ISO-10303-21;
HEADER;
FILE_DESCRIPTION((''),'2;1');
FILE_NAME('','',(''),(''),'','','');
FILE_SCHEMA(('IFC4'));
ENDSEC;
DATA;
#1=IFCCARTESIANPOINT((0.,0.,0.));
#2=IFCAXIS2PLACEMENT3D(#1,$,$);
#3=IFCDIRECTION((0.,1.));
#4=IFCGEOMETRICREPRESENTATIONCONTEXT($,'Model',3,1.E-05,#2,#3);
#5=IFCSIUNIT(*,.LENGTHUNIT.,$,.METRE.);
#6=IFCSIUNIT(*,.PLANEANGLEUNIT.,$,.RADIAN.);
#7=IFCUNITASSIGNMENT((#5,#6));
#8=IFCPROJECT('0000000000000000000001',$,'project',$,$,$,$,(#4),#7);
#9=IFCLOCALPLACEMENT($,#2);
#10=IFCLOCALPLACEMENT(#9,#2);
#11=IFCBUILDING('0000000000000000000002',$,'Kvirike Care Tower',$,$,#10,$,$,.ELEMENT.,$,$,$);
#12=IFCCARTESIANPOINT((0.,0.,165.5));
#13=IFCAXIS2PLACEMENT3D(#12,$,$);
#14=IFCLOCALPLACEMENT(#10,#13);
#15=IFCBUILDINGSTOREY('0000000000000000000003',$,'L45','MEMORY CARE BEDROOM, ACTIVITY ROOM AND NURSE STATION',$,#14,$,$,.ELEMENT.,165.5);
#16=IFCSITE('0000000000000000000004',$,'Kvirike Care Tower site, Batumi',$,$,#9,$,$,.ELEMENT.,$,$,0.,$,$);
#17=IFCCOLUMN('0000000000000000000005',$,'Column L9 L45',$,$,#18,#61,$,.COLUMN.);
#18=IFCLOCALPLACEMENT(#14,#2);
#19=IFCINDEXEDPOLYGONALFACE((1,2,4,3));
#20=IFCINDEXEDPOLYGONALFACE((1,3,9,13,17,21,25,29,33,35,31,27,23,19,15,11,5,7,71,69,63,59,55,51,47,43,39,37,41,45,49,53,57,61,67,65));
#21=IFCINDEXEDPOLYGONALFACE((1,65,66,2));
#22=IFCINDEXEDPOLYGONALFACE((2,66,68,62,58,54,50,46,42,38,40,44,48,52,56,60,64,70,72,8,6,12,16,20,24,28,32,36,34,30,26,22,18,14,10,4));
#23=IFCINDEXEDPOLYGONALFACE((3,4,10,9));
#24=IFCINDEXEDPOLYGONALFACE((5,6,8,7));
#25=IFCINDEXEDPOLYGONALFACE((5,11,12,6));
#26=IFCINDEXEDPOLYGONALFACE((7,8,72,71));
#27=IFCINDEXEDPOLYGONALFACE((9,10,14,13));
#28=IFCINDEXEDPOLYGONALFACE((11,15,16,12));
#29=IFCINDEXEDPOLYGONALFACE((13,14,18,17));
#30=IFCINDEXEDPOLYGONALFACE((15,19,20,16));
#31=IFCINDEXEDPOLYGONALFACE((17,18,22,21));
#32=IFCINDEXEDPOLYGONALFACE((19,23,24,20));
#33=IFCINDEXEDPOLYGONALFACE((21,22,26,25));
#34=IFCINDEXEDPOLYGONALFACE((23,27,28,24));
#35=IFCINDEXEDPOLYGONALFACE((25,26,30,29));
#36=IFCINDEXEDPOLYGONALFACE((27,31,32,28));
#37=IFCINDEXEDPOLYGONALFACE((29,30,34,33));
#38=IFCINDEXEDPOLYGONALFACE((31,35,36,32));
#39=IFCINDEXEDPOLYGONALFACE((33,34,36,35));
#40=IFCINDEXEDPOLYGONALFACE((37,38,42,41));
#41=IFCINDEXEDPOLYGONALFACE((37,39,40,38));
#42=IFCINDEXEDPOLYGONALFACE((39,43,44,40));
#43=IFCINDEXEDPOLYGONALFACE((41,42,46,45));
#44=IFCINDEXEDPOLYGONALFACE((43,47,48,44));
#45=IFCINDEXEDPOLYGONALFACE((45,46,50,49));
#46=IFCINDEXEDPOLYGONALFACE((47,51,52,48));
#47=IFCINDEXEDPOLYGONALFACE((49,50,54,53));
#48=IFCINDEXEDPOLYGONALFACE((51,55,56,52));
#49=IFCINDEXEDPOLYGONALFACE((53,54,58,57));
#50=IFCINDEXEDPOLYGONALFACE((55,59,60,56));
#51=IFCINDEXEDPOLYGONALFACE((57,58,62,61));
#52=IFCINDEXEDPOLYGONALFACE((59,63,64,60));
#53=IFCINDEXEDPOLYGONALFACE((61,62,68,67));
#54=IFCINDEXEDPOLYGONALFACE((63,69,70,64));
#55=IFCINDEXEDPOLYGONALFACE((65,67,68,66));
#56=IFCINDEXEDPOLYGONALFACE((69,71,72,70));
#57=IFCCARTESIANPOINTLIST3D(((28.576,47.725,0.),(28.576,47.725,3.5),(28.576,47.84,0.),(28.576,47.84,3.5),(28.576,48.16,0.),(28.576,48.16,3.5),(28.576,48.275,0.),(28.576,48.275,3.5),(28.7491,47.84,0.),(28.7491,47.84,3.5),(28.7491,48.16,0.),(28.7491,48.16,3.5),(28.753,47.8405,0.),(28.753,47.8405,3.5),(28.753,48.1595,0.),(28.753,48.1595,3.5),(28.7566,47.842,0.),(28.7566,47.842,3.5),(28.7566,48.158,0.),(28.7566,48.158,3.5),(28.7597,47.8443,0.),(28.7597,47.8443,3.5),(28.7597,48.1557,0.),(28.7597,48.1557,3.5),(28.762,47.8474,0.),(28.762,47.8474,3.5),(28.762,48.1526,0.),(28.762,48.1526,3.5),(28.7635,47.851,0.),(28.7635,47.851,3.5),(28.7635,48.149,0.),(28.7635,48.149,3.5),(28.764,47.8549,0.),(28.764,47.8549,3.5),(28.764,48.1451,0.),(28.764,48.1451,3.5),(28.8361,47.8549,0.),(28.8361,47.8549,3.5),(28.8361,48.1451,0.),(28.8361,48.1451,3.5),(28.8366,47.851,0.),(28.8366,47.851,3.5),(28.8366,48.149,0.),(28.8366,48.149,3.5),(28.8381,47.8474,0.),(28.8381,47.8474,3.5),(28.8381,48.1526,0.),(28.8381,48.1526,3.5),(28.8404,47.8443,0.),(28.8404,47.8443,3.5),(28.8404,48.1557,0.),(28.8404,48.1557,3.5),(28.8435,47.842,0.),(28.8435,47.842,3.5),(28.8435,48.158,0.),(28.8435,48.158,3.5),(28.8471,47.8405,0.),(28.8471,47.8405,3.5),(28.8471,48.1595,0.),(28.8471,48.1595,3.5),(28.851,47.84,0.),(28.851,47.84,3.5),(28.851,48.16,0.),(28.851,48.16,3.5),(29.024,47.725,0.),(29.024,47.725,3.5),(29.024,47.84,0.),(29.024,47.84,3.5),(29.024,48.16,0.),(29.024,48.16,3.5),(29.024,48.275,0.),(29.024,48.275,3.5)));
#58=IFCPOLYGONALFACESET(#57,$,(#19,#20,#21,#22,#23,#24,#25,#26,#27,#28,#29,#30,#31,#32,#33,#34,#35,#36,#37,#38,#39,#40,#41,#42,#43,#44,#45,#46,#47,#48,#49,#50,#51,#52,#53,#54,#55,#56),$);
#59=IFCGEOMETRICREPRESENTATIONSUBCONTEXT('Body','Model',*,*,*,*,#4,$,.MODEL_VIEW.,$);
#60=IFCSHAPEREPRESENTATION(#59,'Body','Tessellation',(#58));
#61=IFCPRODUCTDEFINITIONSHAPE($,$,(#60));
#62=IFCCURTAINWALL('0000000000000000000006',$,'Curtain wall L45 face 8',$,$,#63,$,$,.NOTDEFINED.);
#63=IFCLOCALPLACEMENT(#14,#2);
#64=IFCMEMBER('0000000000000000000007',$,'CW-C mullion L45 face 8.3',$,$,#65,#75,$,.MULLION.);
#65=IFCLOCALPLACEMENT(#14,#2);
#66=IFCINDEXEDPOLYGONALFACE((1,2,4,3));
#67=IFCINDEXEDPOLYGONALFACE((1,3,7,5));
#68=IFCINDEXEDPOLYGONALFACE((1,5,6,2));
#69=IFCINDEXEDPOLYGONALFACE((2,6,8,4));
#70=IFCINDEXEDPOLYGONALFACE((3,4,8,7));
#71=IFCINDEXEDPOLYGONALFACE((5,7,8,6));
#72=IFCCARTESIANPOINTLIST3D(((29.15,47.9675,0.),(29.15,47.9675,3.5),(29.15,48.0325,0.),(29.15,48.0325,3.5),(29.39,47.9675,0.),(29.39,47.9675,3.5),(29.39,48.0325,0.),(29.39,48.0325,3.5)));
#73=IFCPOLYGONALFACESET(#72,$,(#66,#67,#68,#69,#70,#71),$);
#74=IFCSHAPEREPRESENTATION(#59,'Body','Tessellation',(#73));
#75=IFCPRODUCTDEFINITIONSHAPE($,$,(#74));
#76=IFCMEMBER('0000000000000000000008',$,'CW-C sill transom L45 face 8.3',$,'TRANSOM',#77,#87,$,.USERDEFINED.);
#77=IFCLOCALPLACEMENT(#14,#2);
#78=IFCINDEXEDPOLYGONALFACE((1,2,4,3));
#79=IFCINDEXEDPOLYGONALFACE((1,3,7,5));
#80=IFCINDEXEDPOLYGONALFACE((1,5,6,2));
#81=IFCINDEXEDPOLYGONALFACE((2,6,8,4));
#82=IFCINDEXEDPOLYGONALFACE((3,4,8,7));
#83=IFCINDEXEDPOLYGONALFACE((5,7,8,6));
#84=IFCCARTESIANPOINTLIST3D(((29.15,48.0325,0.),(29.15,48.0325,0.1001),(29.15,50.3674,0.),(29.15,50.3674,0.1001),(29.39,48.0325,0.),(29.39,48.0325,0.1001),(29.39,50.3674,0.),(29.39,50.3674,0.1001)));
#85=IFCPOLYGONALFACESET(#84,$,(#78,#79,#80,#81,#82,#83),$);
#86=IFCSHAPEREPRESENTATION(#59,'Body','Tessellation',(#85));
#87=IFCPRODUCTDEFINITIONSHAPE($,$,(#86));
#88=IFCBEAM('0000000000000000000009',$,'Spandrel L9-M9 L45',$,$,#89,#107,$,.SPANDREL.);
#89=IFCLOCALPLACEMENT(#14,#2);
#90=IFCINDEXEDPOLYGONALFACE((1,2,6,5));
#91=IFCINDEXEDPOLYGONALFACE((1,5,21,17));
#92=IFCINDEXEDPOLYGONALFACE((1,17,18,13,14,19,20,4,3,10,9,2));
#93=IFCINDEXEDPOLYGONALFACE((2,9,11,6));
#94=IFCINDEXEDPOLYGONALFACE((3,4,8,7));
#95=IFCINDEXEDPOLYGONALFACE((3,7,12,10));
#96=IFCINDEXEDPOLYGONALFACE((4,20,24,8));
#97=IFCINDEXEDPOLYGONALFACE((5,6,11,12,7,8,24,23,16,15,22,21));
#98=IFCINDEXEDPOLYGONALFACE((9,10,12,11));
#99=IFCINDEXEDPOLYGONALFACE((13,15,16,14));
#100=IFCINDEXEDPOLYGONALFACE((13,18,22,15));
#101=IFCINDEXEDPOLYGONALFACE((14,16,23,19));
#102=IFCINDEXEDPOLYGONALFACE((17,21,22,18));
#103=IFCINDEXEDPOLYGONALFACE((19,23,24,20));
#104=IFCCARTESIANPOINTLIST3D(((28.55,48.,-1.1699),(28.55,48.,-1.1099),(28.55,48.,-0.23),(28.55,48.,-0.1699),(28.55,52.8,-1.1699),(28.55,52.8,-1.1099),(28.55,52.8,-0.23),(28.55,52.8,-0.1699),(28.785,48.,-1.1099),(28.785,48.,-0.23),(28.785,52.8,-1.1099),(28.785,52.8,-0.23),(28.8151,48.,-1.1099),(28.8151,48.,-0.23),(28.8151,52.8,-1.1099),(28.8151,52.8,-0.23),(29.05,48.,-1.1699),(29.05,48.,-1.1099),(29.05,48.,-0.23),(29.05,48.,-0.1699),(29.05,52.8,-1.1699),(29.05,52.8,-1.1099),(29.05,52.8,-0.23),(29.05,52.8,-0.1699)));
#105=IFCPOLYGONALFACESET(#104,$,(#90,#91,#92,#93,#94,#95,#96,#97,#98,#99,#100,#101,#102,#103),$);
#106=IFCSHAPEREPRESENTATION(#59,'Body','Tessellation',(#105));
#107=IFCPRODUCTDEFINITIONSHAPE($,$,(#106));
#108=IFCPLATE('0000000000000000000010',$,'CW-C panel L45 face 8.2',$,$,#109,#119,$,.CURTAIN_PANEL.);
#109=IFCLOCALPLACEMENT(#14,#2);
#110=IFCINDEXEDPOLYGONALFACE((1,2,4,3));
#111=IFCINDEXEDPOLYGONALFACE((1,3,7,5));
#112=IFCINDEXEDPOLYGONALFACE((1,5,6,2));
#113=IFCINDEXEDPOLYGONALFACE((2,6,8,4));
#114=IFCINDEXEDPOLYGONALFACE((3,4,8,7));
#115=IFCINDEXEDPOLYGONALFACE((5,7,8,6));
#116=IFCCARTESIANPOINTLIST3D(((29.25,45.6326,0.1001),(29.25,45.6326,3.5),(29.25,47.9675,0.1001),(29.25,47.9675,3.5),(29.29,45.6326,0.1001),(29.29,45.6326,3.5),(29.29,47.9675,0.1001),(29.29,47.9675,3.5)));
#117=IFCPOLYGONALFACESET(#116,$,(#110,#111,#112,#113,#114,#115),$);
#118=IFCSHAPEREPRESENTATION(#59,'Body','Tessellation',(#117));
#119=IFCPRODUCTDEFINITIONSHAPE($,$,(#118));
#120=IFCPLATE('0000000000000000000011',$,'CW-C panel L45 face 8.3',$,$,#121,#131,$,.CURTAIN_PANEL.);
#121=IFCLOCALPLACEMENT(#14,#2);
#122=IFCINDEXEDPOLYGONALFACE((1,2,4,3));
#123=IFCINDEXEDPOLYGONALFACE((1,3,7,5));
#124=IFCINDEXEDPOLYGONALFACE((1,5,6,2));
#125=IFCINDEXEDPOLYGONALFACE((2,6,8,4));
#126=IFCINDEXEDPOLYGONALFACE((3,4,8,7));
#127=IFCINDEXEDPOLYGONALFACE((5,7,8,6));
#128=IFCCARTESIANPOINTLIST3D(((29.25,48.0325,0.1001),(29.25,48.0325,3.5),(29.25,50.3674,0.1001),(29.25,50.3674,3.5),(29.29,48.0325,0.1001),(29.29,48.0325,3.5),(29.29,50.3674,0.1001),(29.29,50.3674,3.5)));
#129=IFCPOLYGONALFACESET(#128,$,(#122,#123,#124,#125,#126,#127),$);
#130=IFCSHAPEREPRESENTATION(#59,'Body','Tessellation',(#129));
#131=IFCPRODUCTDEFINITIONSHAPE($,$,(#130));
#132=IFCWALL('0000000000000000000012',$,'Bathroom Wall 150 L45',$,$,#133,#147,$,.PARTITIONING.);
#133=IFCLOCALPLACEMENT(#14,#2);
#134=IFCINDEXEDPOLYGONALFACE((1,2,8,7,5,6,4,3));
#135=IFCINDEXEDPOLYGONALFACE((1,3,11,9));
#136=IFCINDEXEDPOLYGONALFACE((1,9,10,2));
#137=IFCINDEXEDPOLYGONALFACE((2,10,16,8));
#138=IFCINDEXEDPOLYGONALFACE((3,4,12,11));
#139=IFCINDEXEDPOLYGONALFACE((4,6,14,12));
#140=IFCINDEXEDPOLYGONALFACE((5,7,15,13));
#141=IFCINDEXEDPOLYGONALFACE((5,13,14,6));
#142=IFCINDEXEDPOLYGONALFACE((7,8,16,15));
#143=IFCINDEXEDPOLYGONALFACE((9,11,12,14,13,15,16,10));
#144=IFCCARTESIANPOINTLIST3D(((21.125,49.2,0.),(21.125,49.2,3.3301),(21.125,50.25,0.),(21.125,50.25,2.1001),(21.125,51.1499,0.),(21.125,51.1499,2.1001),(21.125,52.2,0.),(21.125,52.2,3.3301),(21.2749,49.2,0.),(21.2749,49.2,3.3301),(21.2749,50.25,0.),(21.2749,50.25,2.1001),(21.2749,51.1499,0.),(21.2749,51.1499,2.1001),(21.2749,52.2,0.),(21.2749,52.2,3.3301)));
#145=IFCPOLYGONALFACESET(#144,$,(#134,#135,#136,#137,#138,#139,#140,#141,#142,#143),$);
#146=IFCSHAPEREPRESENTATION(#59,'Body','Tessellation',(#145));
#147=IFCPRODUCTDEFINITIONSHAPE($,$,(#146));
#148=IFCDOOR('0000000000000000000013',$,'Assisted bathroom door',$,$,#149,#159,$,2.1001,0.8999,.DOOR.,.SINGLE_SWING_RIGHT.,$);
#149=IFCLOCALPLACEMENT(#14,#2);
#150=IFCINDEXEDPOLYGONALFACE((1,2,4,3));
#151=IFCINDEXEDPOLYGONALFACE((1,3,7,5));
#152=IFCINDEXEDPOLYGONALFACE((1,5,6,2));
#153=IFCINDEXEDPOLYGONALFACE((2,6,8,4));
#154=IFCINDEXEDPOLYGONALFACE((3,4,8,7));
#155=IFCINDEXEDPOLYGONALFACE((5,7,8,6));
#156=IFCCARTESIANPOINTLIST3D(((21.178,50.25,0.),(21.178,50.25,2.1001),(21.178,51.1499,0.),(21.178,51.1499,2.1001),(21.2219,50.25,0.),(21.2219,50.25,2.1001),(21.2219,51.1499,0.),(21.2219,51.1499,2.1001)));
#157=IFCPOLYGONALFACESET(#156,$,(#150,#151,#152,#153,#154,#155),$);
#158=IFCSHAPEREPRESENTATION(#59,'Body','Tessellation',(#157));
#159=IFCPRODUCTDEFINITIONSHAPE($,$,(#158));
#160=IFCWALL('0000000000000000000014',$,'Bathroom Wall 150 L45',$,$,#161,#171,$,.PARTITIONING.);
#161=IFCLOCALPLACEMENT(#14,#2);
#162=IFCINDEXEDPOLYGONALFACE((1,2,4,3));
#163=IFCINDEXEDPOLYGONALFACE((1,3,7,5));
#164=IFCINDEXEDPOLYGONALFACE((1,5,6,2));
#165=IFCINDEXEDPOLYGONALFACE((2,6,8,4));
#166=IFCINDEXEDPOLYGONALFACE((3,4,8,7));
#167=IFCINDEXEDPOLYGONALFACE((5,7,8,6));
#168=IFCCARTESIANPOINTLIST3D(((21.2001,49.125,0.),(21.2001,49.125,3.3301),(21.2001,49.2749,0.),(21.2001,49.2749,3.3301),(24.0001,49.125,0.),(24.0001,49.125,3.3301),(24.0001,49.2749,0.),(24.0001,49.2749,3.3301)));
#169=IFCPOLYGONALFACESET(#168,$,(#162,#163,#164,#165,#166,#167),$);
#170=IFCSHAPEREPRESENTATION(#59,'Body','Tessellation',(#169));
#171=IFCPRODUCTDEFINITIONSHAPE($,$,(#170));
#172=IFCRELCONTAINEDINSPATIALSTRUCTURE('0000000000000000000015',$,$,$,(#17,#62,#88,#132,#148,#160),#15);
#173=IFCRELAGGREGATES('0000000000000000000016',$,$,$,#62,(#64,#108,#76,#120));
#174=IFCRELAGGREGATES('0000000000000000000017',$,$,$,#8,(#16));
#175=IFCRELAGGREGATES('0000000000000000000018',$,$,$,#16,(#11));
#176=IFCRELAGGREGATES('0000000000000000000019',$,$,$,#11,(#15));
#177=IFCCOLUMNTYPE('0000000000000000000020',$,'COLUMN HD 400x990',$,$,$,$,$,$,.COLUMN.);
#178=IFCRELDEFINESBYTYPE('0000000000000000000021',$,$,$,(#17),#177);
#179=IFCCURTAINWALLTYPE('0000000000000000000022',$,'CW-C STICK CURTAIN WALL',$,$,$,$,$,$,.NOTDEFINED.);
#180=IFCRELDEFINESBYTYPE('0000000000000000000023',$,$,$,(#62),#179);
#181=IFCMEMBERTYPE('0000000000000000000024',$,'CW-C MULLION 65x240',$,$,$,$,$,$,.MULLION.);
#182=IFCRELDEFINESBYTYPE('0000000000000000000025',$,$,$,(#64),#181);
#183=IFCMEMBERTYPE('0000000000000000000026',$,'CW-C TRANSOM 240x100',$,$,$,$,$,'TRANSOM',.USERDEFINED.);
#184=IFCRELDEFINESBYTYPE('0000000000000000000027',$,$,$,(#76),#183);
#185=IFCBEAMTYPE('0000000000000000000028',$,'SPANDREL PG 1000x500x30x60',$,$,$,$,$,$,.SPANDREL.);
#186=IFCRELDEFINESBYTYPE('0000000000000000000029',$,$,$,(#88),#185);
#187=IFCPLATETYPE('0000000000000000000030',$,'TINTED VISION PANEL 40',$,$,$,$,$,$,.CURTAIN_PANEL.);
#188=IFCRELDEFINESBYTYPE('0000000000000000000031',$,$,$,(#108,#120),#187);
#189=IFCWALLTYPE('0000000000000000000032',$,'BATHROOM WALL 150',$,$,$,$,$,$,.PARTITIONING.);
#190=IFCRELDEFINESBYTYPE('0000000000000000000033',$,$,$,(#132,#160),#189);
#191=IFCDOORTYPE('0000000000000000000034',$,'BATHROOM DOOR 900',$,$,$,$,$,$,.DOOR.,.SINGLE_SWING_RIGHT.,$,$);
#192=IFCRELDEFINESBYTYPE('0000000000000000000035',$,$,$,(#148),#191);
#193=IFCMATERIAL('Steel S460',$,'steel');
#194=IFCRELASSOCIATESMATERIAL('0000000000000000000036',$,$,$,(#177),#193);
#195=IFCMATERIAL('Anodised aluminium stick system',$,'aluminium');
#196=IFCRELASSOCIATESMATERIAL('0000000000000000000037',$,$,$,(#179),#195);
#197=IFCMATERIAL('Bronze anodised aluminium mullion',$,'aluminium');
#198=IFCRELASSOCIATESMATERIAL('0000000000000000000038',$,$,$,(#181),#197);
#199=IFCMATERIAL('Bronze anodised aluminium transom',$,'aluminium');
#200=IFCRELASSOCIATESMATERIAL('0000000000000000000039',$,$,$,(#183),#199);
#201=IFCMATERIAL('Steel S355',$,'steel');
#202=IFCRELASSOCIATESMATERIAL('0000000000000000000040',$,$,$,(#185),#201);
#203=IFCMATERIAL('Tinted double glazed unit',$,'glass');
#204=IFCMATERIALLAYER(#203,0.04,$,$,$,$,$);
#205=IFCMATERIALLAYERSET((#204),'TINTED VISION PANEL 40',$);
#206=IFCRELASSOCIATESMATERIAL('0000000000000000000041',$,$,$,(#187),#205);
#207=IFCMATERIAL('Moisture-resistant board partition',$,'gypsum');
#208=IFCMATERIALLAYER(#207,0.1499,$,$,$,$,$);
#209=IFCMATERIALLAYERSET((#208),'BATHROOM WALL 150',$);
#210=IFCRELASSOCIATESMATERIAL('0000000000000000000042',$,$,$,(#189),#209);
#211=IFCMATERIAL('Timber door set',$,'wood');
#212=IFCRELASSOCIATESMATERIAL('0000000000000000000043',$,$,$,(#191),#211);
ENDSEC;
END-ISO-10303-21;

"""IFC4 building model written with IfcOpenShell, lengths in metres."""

from ifc_helpers import new_model, si_unit, direction, frame, frame_2d, origin, origin_2d, place, context, subcontext, project, spatial, rectangle, i_section, extrude, material, layer, layer_set, material_profile, profile_set, type_object, element, fill, aggregate, save


model = new_model("IFC4")

# Units and contexts
model_context = context("Model", 3, precision=1e-05, world=origin(), true_north=direction((0.0, 1.0)))
body_context = subcontext(model_context, "Body", "Model", "MODEL_VIEW")
ifc_project = project(units=[si_unit("LENGTHUNIT", "METRE"), si_unit("PLANEANGLEUNIT", "RADIAN")], contexts=[model_context])

# Site, building, storey
site_placement = place(None, origin())
site = spatial("IfcSite", under=ifc_project, at=site_placement, Name="Kvirike Care Tower site, Batumi", CompositionType="ELEMENT", RefElevation=0.0)
building_placement = place(site_placement, origin())
building = spatial("IfcBuilding", under=site, at=building_placement, Name="Kvirike Care Tower", CompositionType="ELEMENT")
storey_placement = place(building_placement, frame((0.0, 0.0, 165.5)))
storey = spatial("IfcBuildingStorey", under=building, at=storey_placement, Name="L45", Description="MEMORY CARE BEDROOM, ACTIVITY ROOM AND NURSE STATION", CompositionType="ELEMENT", Elevation=165.5)

# Column
ifc_material_1 = material(Name="Steel S460", Category="steel")
ifc_material_profile_1 = material_profile(ifc_material_1, i_section(OverallWidth=0.448, OverallDepth=0.55, WebThickness=0.072, FlangeThickness=0.115, FilletRadius=0.0149, at=origin_2d()), Name="HD 400x990")
ifc_profile_set_1 = profile_set([ifc_material_profile_1], Name="Steel S460")
column_type = type_object("IfcColumnType", Name="COLUMN HD 400x990", PredefinedType="COLUMN", material=ifc_profile_set_1)
column_placement = place(storey_placement, frame((28.8, 48.0, 0.0), z_axis=(0.0, 0.0, 1.0), x_axis=(1.0, 0.0, 0.0)))
element("IfcColumn", 1, at=column_placement, inside=storey, type_object=column_type, Name="Column L9 L45", PredefinedType="COLUMN", context=body_context, shape_type="SweptSolid", body=[
    extrude(i_section(OverallWidth=0.448, OverallDepth=0.55, WebThickness=0.072, FlangeThickness=0.115, FilletRadius=0.0149, at=origin_2d()), origin(), (0.0, 0.0, 1.0), 3.5),
])

# Curtain wall, members
ifc_material_2 = material(Name="Anodised aluminium stick system", Category="aluminium")
curtain_wall_type = type_object("IfcCurtainWallType", Name="CW-C STICK CURTAIN WALL", PredefinedType="NOTDEFINED", material=ifc_material_2)
curtain_wall_placement = place(storey_placement, origin())
curtain_wall = element("IfcCurtainWall", 2, at=curtain_wall_placement, inside=storey, type_object=curtain_wall_type, Name="Curtain wall L45 face 8", PredefinedType="NOTDEFINED")
ifc_material_3 = material(Name="Bronze anodised aluminium mullion", Category="aluminium")
ifc_material_profile_2 = material_profile(ifc_material_3, rectangle(XDim=0.0649, YDim=0.24, at=origin_2d()), Name="CW-C MULLION 65x240")
ifc_profile_set_2 = profile_set([ifc_material_profile_2], Name="Bronze anodised aluminium mullion")
member_type_1 = type_object("IfcMemberType", Name="CW-C MULLION 65x240", PredefinedType="MULLION", material=ifc_profile_set_2)
member_1_placement = place(storey_placement, frame((29.27, 48.0, 0.0), z_axis=(0.0, 0.0, 1.0), x_axis=(0.0, 1.0, 0.0)))
member_1 = element("IfcMember", 3, at=member_1_placement, type_object=member_type_1, Name="CW-C mullion L45 face 8.3", PredefinedType="MULLION", context=body_context, shape_type="SweptSolid", body=[
    extrude(rectangle(XDim=0.0649, YDim=0.24, at=origin_2d()), origin(), (0.0, 0.0, 1.0), 3.5),
])
ifc_material_4 = material(Name="Bronze anodised aluminium transom", Category="aluminium")
ifc_material_profile_3 = material_profile(ifc_material_4, rectangle(XDim=0.24, YDim=0.1001, at=origin_2d()), Name="CW-C TRANSOM 240x100")
ifc_profile_set_3 = profile_set([ifc_material_profile_3], Name="Bronze anodised aluminium transom")
member_type_2 = type_object("IfcMemberType", Name="CW-C TRANSOM 240x100", ElementType="TRANSOM", PredefinedType="USERDEFINED", material=ifc_profile_set_3)
member_2_placement = place(storey_placement, frame((29.27, 48.0325, 0.05), z_axis=(0.0, 1.0, 0.0), x_axis=(-1.0, 0.0, 0.0)))
member_2 = element("IfcMember", 4, at=member_2_placement, type_object=member_type_2, Name="CW-C sill transom L45 face 8.3", ObjectType="TRANSOM", PredefinedType="USERDEFINED", context=body_context, shape_type="SweptSolid", body=[
    extrude(rectangle(XDim=0.24, YDim=0.1001, at=origin_2d()), origin(), (0.0, 0.0, 1.0), 2.335),
])

# Beam
ifc_material_5 = material(Name="Steel S355", Category="steel")
ifc_material_profile_4 = material_profile(ifc_material_5, i_section(OverallWidth=0.5, OverallDepth=1.0, WebThickness=0.03, FlangeThickness=0.0601, at=origin_2d()), Name="PG 1000x500x30x60")
ifc_profile_set_4 = profile_set([ifc_material_profile_4], Name="Steel S355")
beam_type = type_object("IfcBeamType", Name="SPANDREL PG 1000x500x30x60", PredefinedType="SPANDREL", material=ifc_profile_set_4)
beam_placement = place(storey_placement, frame((28.8, 48.0, -0.6699), z_axis=(0.0, 1.0, 0.0), x_axis=(-1.0, 0.0, 0.0)))
element("IfcBeam", 5, at=beam_placement, inside=storey, type_object=beam_type, Name="Spandrel L9-M9 L45", PredefinedType="SPANDREL", context=body_context, shape_type="SweptSolid", body=[
    extrude(i_section(OverallWidth=0.5, OverallDepth=1.0, WebThickness=0.03, FlangeThickness=0.0601, at=origin_2d()), origin(), (0.0, 0.0, 1.0), 4.8),
])

# Plates
ifc_material_6 = material(Name="Tinted double glazed unit", Category="glass")
ifc_layer_1 = layer(ifc_material_6, 0.04)
ifc_layer_set_1 = layer_set([ifc_layer_1], Name="TINTED VISION PANEL 40")
plate_type = type_object("IfcPlateType", Name="TINTED VISION PANEL 40", PredefinedType="CURTAIN_PANEL", material=ifc_layer_set_1)
plate_1_placement = place(storey_placement, frame((29.27, 46.8, 0.1001), z_axis=(0.0, 0.0, 1.0), x_axis=(0.0, 1.0, 0.0)))
plate_1 = element("IfcPlate", 6, at=plate_1_placement, type_object=plate_type, Name="CW-C panel L45 face 8.2", PredefinedType="CURTAIN_PANEL", context=body_context, shape_type="SweptSolid", body=[
    extrude(rectangle(XDim=2.335, YDim=0.04, at=origin_2d()), origin(), (0.0, 0.0, 1.0), 3.3999),
])
plate_2_placement = place(storey_placement, frame((29.27, 49.2, 0.1001), z_axis=(0.0, 0.0, 1.0), x_axis=(0.0, 1.0, 0.0)))
plate_2 = element("IfcPlate", 7, at=plate_2_placement, type_object=plate_type, Name="CW-C panel L45 face 8.3", PredefinedType="CURTAIN_PANEL", context=body_context, shape_type="SweptSolid", body=[
    extrude(rectangle(XDim=2.335, YDim=0.04, at=origin_2d()), origin(), (0.0, 0.0, 1.0), 3.3999),
])
aggregate(curtain_wall, [member_1, plate_1, member_2, plate_2])

# Wall, opening, door
ifc_material_7 = material(Name="Moisture-resistant board partition", Category="gypsum")
ifc_layer_2 = layer(ifc_material_7, 0.1499)
ifc_layer_set_2 = layer_set([ifc_layer_2], Name="BATHROOM WALL 150")
wall_type_1 = type_object("IfcWallType", Name="BATHROOM WALL 150", PredefinedType="PARTITIONING", material=ifc_layer_set_2)
wall_1_placement = place(storey_placement, frame((21.2, 52.2, 0.0), z_axis=(0.0, 0.0, 1.0), x_axis=(0.0, -1.0, 0.0)))
wall_1 = element("IfcWall", 8, at=wall_1_placement, inside=storey, type_object=wall_type_1, Name="Bathroom Wall 150 L45", PredefinedType="PARTITIONING", context=body_context, shape_type="SweptSolid", body=[
    extrude(rectangle(XDim=3.0, YDim=0.1499, at=frame_2d((1.5, 0.0))), origin(), (0.0, 0.0, 1.0), 3.3301),
])
opening_1_placement = place(wall_1_placement, frame((1.05, 0.0, 0.0)))
opening_1 = element("IfcOpeningElement", 9, at=opening_1_placement, cuts=wall_1, PredefinedType="OPENING", context=body_context, shape_type="SweptSolid", body=[
    extrude(rectangle(XDim=0.8999, YDim=2.1001, at=frame_2d((0.45, 1.05))), frame((0.0, 0.0854, 0.0), z_axis=(0.0, -1.0, 0.0), x_axis=(1.0, 0.0, 0.0)), (0.0, 0.0, 1.0), 0.1709),
])
ifc_material_8 = material(Name="Timber door set", Category="wood")
door_type_1 = type_object("IfcDoorType", Name="BATHROOM DOOR 900", OperationType="SINGLE_SWING_RIGHT", PredefinedType="DOOR", material=ifc_material_8)
door_1_placement = place(opening_1_placement, origin())
door_1 = element("IfcDoor", 10, at=door_1_placement, inside=storey, type_object=door_type_1, Name="Assisted bathroom door", OperationType="SINGLE_SWING_RIGHT", OverallHeight=2.1001, OverallWidth=0.8999, PredefinedType="DOOR", context=body_context, shape_type="SweptSolid", body=[
    extrude(rectangle(XDim=0.8999, YDim=2.1001, at=frame_2d((0.45, 1.05))), frame((0.0, 0.022, 0.0), z_axis=(0.0, -1.0, 0.0), x_axis=(1.0, 0.0, 0.0)), (0.0, 0.0, 1.0), 0.0439),
])
fill(opening_1, door_1)

# Wall
wall_2_placement = place(storey_placement, frame((24.0, 49.2, 0.0), z_axis=(0.0, 0.0, 1.0), x_axis=(-1.0, 0.0, 0.0)))
element("IfcWall", 11, at=wall_2_placement, inside=storey, type_object=wall_type_1, Name="Bathroom Wall 150 L45", PredefinedType="PARTITIONING", context=body_context, shape_type="SweptSolid", body=[
    extrude(rectangle(XDim=2.8, YDim=0.1499, at=frame_2d((1.3999, 0.0))), origin(), (0.0, 0.0, 1.0), 3.3301),
])

save(model, "model.ifc")
